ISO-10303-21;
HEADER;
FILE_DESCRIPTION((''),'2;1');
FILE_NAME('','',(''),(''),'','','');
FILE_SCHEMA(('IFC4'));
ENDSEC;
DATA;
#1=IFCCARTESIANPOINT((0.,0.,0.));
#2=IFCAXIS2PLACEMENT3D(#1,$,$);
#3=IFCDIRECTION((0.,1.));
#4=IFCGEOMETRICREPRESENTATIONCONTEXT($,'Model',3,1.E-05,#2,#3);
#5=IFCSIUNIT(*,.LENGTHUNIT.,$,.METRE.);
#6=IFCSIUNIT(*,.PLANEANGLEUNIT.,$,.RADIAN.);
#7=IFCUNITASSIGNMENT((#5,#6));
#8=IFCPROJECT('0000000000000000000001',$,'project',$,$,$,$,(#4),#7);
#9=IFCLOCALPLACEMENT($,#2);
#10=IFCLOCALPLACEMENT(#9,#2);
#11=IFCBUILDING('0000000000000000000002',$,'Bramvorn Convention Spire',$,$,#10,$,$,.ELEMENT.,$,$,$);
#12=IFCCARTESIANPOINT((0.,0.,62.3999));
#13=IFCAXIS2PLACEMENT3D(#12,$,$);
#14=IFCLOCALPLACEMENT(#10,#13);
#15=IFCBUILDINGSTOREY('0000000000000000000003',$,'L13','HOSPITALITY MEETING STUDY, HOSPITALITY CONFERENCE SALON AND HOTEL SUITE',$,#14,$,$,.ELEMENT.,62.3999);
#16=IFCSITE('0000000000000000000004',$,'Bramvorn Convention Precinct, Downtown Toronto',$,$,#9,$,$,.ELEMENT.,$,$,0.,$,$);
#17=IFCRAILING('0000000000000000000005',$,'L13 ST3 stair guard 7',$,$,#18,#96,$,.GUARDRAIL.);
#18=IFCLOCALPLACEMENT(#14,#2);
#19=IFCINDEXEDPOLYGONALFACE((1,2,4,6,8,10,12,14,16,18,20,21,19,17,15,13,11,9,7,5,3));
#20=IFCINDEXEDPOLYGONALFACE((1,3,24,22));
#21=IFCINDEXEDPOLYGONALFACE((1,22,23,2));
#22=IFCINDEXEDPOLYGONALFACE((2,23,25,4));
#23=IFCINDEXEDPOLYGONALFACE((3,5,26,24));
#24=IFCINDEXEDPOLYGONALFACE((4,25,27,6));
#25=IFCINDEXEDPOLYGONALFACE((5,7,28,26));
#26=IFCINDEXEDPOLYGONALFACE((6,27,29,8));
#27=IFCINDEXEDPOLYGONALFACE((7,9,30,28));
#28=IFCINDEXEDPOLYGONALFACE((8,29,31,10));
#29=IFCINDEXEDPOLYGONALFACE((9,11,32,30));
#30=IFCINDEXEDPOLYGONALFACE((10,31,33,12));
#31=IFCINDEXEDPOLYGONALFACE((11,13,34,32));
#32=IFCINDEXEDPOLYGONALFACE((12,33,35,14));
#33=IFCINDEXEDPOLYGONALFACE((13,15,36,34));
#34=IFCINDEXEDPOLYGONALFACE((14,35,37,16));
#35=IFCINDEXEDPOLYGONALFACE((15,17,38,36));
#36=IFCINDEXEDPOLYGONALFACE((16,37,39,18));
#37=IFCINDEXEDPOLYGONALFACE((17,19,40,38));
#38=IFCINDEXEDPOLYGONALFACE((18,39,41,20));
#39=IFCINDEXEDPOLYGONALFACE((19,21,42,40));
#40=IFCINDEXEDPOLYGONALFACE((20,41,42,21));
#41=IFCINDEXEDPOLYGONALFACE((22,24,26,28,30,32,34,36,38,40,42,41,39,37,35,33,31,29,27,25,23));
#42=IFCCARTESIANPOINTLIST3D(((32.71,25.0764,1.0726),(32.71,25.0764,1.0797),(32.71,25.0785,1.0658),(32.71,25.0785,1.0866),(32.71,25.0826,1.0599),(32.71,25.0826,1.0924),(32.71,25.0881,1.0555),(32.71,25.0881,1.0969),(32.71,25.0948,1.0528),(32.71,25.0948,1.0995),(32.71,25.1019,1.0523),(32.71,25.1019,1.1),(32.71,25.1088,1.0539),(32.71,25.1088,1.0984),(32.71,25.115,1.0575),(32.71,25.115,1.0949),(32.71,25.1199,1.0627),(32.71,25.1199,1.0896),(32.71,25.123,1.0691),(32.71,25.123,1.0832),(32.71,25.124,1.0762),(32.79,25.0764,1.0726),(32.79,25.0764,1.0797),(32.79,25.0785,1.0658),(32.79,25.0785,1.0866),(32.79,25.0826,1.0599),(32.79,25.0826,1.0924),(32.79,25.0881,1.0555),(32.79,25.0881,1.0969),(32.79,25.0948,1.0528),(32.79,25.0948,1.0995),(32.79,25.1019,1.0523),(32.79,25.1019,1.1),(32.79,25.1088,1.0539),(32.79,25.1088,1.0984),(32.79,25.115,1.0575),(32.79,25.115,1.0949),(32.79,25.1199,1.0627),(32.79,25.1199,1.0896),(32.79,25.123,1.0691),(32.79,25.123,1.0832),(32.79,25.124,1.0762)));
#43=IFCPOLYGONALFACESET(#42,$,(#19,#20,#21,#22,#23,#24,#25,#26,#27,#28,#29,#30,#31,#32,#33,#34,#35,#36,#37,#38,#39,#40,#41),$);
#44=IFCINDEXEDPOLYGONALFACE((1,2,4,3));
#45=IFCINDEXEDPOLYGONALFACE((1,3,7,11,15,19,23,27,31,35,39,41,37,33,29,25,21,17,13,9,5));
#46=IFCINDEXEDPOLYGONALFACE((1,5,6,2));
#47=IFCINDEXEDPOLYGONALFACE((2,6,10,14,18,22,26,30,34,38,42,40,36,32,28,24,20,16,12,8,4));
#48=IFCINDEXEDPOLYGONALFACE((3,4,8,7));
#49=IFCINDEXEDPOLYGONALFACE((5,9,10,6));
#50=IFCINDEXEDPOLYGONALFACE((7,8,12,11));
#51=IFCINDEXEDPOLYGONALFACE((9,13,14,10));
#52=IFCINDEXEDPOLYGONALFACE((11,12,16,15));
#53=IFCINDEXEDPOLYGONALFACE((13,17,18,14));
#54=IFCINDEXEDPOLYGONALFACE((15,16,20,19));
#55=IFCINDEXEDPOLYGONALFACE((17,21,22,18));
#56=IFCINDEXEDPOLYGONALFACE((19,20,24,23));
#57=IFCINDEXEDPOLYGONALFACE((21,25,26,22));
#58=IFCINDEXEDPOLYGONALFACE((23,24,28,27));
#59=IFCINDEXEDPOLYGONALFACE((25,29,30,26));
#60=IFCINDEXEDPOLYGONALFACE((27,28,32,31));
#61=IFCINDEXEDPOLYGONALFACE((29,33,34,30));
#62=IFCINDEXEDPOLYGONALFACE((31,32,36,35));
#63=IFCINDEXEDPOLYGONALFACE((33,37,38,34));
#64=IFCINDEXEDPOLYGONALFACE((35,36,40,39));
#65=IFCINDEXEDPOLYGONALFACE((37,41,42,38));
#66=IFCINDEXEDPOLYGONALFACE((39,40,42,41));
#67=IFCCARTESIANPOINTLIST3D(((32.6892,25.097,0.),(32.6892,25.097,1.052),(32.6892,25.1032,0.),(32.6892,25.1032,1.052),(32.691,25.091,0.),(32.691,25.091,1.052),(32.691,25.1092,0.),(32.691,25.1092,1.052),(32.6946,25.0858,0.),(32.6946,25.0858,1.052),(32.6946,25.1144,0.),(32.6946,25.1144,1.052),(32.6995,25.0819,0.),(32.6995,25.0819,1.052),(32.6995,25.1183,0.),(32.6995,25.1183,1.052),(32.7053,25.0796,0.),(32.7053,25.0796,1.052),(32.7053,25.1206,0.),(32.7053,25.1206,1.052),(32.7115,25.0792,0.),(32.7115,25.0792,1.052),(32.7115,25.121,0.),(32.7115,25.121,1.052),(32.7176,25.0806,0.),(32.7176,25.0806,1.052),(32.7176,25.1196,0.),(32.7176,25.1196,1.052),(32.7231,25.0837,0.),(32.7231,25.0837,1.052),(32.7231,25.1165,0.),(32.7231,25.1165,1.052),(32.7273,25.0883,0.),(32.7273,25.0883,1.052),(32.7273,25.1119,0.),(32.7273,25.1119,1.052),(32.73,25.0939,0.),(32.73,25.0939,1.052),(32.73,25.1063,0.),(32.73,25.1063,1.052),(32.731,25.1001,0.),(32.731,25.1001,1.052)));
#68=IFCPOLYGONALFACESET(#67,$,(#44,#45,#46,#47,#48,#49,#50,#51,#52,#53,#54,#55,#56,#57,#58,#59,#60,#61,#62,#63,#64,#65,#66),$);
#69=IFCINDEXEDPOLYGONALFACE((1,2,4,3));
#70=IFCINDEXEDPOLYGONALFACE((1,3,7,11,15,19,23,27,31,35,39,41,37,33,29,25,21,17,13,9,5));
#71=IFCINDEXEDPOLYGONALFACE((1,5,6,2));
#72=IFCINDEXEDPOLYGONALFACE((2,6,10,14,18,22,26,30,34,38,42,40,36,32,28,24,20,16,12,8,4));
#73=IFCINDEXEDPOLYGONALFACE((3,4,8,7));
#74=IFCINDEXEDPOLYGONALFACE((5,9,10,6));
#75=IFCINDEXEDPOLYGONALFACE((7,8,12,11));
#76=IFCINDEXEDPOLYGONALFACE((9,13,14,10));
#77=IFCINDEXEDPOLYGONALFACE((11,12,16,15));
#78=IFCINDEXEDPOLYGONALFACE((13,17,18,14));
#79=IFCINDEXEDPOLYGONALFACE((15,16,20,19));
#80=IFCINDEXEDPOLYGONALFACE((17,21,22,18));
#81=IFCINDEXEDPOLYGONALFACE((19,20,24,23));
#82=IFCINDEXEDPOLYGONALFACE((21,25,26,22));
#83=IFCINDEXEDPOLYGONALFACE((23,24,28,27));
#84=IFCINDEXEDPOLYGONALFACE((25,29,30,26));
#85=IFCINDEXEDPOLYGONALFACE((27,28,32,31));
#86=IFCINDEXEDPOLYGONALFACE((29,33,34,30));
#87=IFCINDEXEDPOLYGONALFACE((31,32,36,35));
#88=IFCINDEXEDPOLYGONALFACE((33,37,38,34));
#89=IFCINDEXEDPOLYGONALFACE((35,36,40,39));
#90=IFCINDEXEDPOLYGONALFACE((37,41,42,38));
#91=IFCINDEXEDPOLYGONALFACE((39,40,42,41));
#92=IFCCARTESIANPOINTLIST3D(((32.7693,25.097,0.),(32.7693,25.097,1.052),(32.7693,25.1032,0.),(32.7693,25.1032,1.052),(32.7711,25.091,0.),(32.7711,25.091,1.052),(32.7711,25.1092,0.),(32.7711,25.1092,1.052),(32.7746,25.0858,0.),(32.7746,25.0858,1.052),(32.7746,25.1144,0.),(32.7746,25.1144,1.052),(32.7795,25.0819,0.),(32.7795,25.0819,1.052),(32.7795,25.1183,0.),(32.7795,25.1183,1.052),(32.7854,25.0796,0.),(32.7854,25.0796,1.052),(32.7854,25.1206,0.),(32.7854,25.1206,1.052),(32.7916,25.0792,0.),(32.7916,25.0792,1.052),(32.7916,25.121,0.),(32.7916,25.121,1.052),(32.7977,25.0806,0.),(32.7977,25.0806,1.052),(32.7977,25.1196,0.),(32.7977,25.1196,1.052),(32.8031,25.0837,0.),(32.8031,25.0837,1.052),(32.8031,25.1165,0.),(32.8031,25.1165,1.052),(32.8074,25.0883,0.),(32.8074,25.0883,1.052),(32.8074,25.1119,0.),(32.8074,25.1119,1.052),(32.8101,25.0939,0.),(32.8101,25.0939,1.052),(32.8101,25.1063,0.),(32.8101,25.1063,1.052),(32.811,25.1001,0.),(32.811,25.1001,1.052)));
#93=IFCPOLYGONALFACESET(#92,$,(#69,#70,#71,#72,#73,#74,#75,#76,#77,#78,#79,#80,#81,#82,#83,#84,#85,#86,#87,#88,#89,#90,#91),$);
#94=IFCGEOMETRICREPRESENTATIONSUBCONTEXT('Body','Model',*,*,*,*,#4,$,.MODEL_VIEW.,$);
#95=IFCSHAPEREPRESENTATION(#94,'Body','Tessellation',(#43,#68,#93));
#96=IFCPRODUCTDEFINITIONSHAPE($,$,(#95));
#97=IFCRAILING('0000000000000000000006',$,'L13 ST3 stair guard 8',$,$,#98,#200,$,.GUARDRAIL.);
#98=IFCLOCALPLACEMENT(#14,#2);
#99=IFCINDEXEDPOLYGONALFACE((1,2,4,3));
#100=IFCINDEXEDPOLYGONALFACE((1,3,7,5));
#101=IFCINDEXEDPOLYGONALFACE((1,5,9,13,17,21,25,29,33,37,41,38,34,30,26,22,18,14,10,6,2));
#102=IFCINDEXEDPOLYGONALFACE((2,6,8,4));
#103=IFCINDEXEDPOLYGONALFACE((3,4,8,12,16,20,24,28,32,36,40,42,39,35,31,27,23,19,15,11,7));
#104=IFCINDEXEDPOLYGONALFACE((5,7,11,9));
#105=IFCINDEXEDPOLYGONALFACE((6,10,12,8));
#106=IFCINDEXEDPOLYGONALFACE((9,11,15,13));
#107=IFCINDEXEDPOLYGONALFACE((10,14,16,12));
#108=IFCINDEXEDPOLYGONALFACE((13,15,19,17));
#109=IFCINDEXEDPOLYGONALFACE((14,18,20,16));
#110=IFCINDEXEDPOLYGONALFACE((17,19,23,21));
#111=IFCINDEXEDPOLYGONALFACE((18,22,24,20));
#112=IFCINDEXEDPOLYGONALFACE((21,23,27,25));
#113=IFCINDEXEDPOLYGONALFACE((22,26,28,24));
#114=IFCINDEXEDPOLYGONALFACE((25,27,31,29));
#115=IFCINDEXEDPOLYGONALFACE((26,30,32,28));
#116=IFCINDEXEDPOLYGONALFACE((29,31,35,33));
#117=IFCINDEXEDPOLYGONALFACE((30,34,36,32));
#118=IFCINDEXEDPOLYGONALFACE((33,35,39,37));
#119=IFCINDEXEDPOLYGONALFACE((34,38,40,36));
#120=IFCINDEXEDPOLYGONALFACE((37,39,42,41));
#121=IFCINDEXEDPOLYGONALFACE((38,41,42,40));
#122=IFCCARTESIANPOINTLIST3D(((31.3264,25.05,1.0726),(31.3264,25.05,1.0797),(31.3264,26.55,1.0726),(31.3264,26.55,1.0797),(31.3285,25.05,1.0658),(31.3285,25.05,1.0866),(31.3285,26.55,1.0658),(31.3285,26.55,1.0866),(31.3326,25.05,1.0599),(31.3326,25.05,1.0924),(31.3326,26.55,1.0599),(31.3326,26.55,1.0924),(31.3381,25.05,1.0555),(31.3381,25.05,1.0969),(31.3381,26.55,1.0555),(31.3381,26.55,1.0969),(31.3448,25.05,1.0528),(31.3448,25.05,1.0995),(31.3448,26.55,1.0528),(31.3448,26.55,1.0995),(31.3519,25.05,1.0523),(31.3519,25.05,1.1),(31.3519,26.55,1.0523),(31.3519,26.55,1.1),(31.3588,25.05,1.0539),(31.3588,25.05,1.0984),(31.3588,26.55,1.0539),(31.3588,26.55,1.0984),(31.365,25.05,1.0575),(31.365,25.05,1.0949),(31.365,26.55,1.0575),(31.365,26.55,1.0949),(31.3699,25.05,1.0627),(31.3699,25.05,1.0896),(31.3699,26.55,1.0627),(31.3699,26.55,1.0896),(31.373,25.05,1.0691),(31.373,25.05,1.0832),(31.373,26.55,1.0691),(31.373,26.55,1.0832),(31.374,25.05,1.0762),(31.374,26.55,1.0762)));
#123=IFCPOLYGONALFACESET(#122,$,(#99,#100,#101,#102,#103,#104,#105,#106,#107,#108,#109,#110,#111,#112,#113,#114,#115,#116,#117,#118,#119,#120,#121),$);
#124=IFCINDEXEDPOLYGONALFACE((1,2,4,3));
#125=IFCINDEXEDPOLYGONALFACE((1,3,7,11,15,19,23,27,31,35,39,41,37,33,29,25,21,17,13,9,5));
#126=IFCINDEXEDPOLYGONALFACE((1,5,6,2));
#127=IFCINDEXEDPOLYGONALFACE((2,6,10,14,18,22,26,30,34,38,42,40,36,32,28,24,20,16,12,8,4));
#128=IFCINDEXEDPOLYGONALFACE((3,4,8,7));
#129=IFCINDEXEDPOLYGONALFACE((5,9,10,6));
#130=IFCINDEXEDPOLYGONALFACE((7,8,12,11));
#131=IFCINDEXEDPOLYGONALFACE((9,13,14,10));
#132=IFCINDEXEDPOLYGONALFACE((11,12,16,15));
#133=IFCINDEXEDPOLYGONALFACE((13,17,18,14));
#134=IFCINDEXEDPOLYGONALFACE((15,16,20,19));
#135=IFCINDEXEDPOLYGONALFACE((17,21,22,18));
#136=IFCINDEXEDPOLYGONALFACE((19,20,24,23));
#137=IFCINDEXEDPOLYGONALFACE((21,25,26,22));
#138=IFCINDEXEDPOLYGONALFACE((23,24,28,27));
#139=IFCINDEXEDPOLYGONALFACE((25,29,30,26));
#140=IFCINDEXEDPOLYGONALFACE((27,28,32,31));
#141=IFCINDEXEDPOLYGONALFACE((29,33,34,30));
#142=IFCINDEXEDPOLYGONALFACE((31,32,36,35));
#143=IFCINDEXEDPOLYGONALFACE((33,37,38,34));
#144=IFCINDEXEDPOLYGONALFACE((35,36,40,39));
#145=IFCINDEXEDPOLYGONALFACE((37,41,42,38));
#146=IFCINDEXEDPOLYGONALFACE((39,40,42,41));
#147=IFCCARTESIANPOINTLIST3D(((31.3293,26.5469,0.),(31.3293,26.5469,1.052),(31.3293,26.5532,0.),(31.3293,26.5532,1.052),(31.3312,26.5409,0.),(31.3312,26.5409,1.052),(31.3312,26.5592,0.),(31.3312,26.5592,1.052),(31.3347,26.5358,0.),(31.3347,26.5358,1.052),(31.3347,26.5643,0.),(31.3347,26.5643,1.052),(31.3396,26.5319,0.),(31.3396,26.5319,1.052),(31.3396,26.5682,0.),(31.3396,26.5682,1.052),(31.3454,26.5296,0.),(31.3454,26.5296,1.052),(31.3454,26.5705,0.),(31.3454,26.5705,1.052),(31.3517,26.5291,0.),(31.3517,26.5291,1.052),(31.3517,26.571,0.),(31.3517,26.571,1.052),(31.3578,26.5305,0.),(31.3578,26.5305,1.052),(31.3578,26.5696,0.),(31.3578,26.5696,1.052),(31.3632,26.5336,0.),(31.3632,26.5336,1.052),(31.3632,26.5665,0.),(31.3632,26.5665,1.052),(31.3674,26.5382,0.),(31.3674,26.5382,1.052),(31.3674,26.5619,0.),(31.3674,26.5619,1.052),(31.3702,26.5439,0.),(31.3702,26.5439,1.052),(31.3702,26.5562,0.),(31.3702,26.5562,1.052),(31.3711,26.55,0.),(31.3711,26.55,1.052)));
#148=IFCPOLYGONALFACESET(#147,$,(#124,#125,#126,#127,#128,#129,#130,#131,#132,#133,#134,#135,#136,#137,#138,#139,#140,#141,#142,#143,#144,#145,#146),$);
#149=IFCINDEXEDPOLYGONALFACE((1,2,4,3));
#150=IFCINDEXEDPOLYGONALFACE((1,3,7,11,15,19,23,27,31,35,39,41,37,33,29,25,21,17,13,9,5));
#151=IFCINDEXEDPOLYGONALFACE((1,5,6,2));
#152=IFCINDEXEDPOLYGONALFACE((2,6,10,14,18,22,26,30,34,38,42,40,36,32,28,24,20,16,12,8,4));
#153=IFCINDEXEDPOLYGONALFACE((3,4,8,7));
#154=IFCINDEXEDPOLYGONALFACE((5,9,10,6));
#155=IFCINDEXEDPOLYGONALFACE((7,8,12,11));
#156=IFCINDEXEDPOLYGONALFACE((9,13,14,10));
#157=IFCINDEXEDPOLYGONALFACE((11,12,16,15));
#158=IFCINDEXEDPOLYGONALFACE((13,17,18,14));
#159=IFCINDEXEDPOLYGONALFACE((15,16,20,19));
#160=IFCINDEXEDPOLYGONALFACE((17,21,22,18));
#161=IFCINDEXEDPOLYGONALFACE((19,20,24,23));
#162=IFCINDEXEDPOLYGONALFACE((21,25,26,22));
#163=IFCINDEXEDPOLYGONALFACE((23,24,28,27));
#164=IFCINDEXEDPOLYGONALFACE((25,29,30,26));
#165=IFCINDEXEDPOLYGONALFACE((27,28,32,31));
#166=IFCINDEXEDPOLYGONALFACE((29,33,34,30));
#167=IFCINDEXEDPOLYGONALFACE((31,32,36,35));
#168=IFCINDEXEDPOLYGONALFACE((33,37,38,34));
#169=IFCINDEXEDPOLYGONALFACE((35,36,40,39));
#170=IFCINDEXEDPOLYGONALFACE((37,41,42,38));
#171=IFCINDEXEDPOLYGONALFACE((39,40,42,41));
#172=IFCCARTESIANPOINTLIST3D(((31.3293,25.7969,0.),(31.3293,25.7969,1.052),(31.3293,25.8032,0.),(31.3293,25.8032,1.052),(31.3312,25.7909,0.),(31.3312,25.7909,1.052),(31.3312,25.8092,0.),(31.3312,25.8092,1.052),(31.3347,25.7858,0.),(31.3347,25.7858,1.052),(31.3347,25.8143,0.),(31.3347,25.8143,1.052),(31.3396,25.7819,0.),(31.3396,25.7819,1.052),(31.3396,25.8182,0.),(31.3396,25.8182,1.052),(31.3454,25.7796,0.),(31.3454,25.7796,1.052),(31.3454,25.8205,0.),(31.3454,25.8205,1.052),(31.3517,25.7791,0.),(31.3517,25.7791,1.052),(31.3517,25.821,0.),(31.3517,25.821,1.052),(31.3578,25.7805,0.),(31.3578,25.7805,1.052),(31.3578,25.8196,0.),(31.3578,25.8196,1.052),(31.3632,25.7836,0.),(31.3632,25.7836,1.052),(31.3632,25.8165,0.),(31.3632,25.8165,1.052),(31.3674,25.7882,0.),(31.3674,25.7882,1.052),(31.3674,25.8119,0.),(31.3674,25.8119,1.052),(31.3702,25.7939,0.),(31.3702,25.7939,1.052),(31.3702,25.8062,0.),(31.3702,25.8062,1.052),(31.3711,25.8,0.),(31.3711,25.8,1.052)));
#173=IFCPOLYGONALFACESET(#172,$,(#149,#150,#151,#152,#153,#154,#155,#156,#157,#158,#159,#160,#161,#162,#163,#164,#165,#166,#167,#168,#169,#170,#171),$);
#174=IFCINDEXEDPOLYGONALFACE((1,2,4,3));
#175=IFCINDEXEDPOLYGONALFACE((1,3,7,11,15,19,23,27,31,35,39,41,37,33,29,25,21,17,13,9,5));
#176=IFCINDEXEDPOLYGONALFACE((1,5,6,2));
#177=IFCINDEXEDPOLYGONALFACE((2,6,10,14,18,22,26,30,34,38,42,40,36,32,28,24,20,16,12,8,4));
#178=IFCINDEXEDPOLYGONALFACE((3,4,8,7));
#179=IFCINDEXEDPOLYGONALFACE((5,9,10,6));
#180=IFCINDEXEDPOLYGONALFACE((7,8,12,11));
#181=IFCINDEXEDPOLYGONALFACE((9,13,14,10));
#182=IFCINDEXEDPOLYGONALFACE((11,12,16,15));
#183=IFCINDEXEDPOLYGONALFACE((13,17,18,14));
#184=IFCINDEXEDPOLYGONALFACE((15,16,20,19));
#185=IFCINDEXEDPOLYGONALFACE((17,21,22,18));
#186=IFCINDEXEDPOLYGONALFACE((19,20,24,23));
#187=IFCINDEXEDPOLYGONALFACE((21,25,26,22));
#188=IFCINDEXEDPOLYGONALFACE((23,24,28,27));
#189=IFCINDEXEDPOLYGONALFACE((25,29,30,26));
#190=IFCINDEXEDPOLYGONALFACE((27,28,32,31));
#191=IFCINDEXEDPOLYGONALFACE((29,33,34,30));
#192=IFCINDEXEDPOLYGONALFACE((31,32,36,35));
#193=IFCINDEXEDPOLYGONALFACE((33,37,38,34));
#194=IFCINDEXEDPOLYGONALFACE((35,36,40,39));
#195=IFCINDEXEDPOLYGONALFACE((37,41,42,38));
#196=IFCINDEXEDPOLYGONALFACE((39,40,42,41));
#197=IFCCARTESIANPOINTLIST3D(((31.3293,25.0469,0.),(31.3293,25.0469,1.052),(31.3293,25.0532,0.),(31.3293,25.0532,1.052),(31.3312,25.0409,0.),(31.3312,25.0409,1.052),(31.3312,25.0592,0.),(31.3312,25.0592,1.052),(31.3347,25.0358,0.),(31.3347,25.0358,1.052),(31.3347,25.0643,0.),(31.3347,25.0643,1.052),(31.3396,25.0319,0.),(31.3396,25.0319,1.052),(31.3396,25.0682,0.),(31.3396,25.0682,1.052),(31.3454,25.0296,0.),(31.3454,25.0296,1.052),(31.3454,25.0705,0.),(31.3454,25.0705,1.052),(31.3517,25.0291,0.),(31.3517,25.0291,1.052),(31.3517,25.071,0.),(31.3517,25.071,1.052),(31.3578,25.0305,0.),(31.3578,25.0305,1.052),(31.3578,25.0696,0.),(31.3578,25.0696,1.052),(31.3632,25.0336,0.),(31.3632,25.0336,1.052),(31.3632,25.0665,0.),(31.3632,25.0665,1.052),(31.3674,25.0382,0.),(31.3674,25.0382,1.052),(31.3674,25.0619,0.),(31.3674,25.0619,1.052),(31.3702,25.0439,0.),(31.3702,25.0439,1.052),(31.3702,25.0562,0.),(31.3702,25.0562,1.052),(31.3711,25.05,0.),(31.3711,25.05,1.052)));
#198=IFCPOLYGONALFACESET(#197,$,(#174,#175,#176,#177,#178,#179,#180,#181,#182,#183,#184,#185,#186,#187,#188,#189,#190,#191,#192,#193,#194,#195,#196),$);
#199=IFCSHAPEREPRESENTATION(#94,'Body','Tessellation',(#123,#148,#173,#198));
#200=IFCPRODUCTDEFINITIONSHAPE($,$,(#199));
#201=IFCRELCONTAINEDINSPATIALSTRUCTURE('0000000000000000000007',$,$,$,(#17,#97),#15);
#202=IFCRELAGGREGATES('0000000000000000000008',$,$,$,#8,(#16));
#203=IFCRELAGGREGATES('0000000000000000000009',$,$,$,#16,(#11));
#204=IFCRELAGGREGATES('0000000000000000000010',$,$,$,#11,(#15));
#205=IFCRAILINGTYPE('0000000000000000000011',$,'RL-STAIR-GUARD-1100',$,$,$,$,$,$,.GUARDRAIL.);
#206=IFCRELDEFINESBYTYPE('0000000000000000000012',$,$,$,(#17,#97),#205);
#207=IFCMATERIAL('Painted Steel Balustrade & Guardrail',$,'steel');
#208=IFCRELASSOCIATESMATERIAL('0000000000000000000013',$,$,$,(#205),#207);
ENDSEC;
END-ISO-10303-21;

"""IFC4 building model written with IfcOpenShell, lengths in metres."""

from ifc_helpers import new_model, si_unit, direction, frame, origin, origin_2d, place, context, subcontext, project, spatial, circle, extrude, material, type_object, element, save


model = new_model("IFC4")

# Units and contexts
model_context = context("Model", 3, precision=1e-05, world=origin(), true_north=direction((0.0, 1.0)))
body_context = subcontext(model_context, "Body", "Model", "MODEL_VIEW")
ifc_project = project(units=[si_unit("LENGTHUNIT", "METRE"), si_unit("PLANEANGLEUNIT", "RADIAN")], contexts=[model_context])

# Site, building, storey
site_placement = place(None, origin())
site = spatial("IfcSite", under=ifc_project, at=site_placement, Name="Bramvorn Convention Precinct, Downtown Toronto", CompositionType="ELEMENT", RefElevation=0.0)
building_placement = place(site_placement, origin())
building = spatial("IfcBuilding", under=site, at=building_placement, Name="Bramvorn Convention Spire", CompositionType="ELEMENT")
storey_placement = place(building_placement, frame((0.0, 0.0, 62.3999)))
storey = spatial("IfcBuildingStorey", under=building, at=storey_placement, Name="L13", Description="HOSPITALITY MEETING STUDY, HOSPITALITY CONFERENCE SALON AND HOTEL SUITE", CompositionType="ELEMENT", Elevation=62.3999)

# Railings
ifc_material_1 = material(Name="Painted Steel Balustrade & Guardrail", Category="steel")
railing_type_1 = type_object("IfcRailingType", Name="RL-STAIR-GUARD-1100", PredefinedType="GUARDRAIL", material=ifc_material_1)
railing_1_placement = place(storey_placement, frame((32.71, 25.1001, 0.0)))
element("IfcRailing", 1, at=railing_1_placement, inside=storey, type_object=railing_type_1, Name="L13 ST3 stair guard 7", PredefinedType="GUARDRAIL", context=body_context, shape_type="SweptSolid", body=[
    extrude(circle(Radius=0.0239, at=origin_2d()), frame((0.0, 0.0, 1.0762), z_axis=(1.0, 0.0, 0.0), x_axis=(0.0, 1.0, 0.0)), (0.0, 0.0, 1.0), 0.0801),
    extrude(circle(Radius=0.021, at=origin_2d()), origin(), (0.0, 0.0, 1.0), 1.052),
    extrude(circle(Radius=0.021, at=origin_2d()), frame((0.0801, 0.0, 0.0)), (0.0, 0.0, 1.0), 1.052),
])
railing_2_placement = place(storey_placement, frame((31.3501, 26.55, 0.0)))
element("IfcRailing", 2, at=railing_2_placement, inside=storey, type_object=railing_type_1, Name="L13 ST3 stair guard 8", PredefinedType="GUARDRAIL", context=body_context, shape_type="SweptSolid", body=[
    extrude(circle(Radius=0.0239, at=origin_2d()), frame((0.0, 0.0, 1.0762), z_axis=(0.0, -1.0, 0.0), x_axis=(1.0, 0.0, 0.0)), (0.0, 0.0, 1.0), 1.5),
    extrude(circle(Radius=0.021, at=origin_2d()), origin(), (0.0, 0.0, 1.0), 1.052),
    extrude(circle(Radius=0.021, at=origin_2d()), frame((0.0, -0.75, 0.0)), (0.0, 0.0, 1.0), 1.052),
    extrude(circle(Radius=0.021, at=origin_2d()), frame((0.0, -1.5, 0.0)), (0.0, 0.0, 1.0), 1.052),
])

save(model, "model.ifc")
